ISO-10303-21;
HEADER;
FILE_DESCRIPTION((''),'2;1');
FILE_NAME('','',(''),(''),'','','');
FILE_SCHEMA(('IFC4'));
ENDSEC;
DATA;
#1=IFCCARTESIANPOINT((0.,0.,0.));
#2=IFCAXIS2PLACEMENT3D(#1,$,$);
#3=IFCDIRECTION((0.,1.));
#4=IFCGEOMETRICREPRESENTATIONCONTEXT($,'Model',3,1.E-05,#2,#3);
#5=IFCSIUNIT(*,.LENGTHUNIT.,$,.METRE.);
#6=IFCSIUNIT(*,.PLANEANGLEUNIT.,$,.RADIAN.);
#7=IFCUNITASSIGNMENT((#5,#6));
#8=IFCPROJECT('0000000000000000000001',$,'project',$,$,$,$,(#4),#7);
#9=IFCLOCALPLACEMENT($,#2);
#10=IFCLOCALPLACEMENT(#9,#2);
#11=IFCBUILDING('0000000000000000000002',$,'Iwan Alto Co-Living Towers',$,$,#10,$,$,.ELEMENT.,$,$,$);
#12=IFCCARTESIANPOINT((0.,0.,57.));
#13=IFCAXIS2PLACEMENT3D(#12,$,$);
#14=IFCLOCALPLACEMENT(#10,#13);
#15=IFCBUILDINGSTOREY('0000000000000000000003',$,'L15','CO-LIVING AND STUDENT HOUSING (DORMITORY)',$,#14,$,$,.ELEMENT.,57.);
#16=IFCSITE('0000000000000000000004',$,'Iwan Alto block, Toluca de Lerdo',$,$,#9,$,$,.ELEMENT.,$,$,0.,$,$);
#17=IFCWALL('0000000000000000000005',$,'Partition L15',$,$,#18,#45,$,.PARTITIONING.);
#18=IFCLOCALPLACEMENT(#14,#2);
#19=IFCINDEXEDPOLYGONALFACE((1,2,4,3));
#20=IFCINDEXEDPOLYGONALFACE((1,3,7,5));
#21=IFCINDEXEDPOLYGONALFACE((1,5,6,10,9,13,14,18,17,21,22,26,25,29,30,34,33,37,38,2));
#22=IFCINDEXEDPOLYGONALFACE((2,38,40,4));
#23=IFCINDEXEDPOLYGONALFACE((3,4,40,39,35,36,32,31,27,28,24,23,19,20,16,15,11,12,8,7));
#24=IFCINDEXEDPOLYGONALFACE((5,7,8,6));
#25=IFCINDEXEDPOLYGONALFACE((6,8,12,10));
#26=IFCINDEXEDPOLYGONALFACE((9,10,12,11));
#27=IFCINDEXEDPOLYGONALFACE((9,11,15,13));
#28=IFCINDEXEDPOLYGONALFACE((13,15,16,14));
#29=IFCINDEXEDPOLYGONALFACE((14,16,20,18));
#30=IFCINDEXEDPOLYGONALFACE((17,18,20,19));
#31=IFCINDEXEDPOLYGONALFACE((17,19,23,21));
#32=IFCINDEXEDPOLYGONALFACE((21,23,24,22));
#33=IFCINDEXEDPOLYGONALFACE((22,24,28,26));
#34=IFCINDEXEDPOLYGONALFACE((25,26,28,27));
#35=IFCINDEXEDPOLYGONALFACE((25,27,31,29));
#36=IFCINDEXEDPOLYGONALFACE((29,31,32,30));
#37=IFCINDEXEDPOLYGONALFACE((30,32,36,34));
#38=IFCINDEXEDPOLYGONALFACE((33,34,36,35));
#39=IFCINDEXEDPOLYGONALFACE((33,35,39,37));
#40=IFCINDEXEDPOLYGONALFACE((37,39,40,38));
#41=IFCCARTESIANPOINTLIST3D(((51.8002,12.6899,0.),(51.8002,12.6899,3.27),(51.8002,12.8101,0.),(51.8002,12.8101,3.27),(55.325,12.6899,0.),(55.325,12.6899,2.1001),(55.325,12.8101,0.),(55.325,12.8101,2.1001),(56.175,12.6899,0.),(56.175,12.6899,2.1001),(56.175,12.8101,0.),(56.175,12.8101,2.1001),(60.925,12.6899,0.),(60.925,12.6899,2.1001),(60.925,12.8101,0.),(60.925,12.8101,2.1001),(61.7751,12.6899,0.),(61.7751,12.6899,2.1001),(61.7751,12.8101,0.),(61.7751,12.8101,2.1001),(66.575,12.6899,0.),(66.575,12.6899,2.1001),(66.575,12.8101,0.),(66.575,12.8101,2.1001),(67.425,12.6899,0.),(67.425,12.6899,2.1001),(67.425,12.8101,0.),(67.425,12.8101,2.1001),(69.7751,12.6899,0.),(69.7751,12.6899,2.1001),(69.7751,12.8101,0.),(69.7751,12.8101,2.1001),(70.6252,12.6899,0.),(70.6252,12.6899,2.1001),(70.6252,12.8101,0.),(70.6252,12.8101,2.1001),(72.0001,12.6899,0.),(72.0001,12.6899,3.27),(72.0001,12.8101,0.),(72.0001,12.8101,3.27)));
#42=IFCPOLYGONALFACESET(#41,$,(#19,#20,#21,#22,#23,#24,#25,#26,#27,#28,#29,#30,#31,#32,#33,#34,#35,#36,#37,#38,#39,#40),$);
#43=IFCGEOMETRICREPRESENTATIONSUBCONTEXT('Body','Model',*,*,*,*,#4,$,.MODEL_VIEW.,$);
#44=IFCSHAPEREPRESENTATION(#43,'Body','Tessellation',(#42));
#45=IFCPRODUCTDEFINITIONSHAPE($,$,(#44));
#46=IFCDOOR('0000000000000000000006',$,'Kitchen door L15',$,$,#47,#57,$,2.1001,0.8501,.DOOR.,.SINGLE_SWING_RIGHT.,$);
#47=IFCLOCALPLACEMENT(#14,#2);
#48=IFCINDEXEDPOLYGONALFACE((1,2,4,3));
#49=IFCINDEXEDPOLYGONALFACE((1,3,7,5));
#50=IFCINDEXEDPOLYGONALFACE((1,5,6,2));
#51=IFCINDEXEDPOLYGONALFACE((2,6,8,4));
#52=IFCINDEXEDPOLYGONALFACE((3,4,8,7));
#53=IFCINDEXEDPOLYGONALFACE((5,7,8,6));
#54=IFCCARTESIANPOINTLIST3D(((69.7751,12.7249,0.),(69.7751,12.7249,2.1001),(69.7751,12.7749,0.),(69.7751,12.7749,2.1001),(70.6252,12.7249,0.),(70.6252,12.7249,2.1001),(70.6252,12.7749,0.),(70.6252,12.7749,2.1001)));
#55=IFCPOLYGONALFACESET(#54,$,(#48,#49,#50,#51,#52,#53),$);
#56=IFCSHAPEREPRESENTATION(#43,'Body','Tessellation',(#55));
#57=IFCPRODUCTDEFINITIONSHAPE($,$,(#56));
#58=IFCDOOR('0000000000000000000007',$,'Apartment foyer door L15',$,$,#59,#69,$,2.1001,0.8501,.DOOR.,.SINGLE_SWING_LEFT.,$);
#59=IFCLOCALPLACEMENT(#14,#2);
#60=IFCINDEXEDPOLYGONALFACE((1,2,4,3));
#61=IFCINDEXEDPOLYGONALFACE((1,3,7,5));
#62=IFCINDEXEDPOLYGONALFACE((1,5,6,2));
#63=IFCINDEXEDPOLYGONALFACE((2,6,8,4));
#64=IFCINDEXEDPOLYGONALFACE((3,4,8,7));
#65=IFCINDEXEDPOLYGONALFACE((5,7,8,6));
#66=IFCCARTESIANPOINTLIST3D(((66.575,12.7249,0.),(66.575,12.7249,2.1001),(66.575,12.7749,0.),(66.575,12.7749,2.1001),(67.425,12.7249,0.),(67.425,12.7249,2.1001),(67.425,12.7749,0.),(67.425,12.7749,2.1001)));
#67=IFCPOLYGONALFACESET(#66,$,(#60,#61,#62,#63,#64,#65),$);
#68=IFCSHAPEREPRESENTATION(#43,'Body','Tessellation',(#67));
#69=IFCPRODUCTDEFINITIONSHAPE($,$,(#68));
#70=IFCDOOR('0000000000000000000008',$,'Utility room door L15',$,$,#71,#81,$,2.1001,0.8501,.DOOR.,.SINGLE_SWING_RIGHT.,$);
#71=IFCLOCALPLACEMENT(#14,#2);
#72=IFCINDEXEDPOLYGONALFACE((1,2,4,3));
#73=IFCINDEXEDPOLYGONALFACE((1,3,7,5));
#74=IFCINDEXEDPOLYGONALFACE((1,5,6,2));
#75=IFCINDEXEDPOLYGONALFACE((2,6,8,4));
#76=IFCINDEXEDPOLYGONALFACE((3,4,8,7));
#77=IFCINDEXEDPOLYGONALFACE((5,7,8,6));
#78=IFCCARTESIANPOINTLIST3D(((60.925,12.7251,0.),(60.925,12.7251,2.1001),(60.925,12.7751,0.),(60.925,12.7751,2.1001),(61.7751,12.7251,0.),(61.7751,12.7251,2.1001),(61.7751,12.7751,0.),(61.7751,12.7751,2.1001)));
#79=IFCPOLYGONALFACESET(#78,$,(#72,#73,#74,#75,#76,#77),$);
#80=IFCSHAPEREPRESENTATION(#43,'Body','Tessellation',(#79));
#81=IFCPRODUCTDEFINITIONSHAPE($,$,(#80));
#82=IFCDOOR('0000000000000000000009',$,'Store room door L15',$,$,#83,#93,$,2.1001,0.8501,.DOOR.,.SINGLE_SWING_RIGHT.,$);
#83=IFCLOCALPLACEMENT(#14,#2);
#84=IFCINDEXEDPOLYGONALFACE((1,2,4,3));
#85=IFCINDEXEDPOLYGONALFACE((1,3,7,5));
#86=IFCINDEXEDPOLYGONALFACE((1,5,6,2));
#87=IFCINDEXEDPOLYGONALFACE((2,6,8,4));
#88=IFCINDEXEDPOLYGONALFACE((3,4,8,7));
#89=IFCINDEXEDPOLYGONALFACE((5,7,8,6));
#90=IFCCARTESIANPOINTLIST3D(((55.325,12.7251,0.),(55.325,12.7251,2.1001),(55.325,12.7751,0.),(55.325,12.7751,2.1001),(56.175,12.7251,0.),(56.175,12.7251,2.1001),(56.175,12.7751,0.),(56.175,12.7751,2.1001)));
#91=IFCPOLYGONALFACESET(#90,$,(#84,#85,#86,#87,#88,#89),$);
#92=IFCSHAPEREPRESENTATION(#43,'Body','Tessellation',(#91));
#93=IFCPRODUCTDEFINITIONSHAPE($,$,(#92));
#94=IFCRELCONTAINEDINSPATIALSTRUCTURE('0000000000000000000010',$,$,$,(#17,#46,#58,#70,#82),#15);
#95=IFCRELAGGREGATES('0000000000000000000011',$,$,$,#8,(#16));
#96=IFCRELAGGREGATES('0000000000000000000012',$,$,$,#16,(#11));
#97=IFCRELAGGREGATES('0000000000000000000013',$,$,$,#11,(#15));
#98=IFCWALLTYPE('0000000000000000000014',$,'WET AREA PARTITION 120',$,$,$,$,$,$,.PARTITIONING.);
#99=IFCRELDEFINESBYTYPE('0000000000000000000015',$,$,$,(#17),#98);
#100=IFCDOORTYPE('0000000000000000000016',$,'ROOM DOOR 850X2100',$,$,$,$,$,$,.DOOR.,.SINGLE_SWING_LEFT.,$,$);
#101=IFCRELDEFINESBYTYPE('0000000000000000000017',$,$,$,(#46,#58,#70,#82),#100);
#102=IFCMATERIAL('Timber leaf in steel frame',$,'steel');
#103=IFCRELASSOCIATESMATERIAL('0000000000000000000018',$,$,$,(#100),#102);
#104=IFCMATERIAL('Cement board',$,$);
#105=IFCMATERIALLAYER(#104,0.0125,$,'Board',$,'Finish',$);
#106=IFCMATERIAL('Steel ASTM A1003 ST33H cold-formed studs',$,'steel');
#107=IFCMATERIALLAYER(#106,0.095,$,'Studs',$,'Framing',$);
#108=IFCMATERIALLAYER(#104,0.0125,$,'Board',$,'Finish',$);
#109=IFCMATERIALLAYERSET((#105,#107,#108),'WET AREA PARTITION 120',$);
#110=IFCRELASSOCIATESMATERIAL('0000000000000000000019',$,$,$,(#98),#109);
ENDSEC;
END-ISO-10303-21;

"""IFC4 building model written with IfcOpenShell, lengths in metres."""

from ifc_helpers import new_model, si_unit, direction, frame, frame_2d, origin, place, context, subcontext, project, spatial, rectangle, extrude, material, layer, layer_set, type_object, element, fill, save


model = new_model("IFC4")

# Units and contexts
model_context = context("Model", 3, precision=1e-05, world=origin(), true_north=direction((0.0, 1.0)))
body_context = subcontext(model_context, "Body", "Model", "MODEL_VIEW")
ifc_project = project(units=[si_unit("LENGTHUNIT", "METRE"), si_unit("PLANEANGLEUNIT", "RADIAN")], contexts=[model_context])

# Site, building, storey
site_placement = place(None, origin())
site = spatial("IfcSite", under=ifc_project, at=site_placement, Name="Iwan Alto block, Toluca de Lerdo", CompositionType="ELEMENT", RefElevation=0.0)
building_placement = place(site_placement, origin())
building = spatial("IfcBuilding", under=site, at=building_placement, Name="Iwan Alto Co-Living Towers", CompositionType="ELEMENT")
storey_placement = place(building_placement, frame((0.0, 0.0, 57.0)))
storey = spatial("IfcBuildingStorey", under=building, at=storey_placement, Name="L15", Description="CO-LIVING AND STUDENT HOUSING (DORMITORY)", CompositionType="ELEMENT", Elevation=57.0)

# Shared definitions
ifc_material_1 = material(Name="Steel ASTM A1003 ST33H cold-formed studs", Category="steel")

# Shared definitions
ifc_material_2 = material(Name="Timber leaf in steel frame", Category="steel")
door_type_1 = type_object("IfcDoorType", Name="ROOM DOOR 850X2100", OperationType="SINGLE_SWING_LEFT", PredefinedType="DOOR", material=ifc_material_2)

# Wall, openings, doors
ifc_material_3 = material(Name="Cement board")
ifc_layer_1 = layer(ifc_material_3, 0.0125, Name="Board", Category="Finish")
ifc_layer_2 = layer(ifc_material_1, 0.095, Name="Studs", Category="Framing")
ifc_layer_3 = layer(ifc_material_3, 0.0125, Name="Board", Category="Finish")
ifc_layer_set_1 = layer_set([ifc_layer_1, ifc_layer_2, ifc_layer_3], Name="WET AREA PARTITION 120")
wall_type_1 = type_object("IfcWallType", Name="WET AREA PARTITION 120", PredefinedType="PARTITIONING", material=ifc_layer_set_1)
wall_1_placement = place(storey_placement, frame((51.8, 12.75, 0.0), z_axis=(0.0, 0.0, 1.0), x_axis=(1.0, 0.0, 0.0)))
wall_1 = element("IfcWall", 1, at=wall_1_placement, inside=storey, type_object=wall_type_1, Name="Partition L15", PredefinedType="PARTITIONING", context=body_context, shape_type="SweptSolid", body=[
    extrude(rectangle(XDim=20.2, YDim=0.1201, at=frame_2d((10.1001, 0.0))), origin(), (0.0, 0.0, 1.0), 3.27),
])
opening_1_placement = place(wall_1_placement, frame((17.9751, 0.0, 0.0)))
opening_1 = element("IfcOpeningElement", 2, at=opening_1_placement, cuts=wall_1, PredefinedType="OPENING", context=body_context, shape_type="SweptSolid", body=[
    extrude(rectangle(XDim=0.8501, YDim=2.1001, at=frame_2d((0.425, 1.05))), frame((0.0, 0.0701, 0.0), z_axis=(0.0, -1.0, 0.0), x_axis=(1.0, 0.0, 0.0)), (0.0, 0.0, 1.0), 0.1401),
])
opening_2_placement = place(wall_1_placement, frame((14.7749, 0.0, 0.0)))
opening_2 = element("IfcOpeningElement", 3, at=opening_2_placement, cuts=wall_1, PredefinedType="OPENING", context=body_context, shape_type="SweptSolid", body=[
    extrude(rectangle(XDim=0.8501, YDim=2.1001, at=frame_2d((0.425, 1.05))), frame((0.0, 0.0701, 0.0), z_axis=(0.0, -1.0, 0.0), x_axis=(1.0, 0.0, 0.0)), (0.0, 0.0, 1.0), 0.1401),
])
opening_3_placement = place(wall_1_placement, frame((9.125, 0.0, 0.0)))
opening_3 = element("IfcOpeningElement", 4, at=opening_3_placement, cuts=wall_1, PredefinedType="OPENING", context=body_context, shape_type="SweptSolid", body=[
    extrude(rectangle(XDim=0.8501, YDim=2.1001, at=frame_2d((0.425, 1.05))), frame((0.0, 0.0701, 0.0), z_axis=(0.0, -1.0, 0.0), x_axis=(1.0, 0.0, 0.0)), (0.0, 0.0, 1.0), 0.1401),
])
opening_4_placement = place(wall_1_placement, frame((3.5249, 0.0, 0.0)))
opening_4 = element("IfcOpeningElement", 5, at=opening_4_placement, cuts=wall_1, PredefinedType="OPENING", context=body_context, shape_type="SweptSolid", body=[
    extrude(rectangle(XDim=0.8501, YDim=2.1001, at=frame_2d((0.425, 1.05))), frame((0.0, 0.0701, 0.0), z_axis=(0.0, -1.0, 0.0), x_axis=(1.0, 0.0, 0.0)), (0.0, 0.0, 1.0), 0.1401),
])
door_1_placement = place(opening_1_placement, origin())
door_1 = element("IfcDoor", 6, at=door_1_placement, inside=storey, type_object=door_type_1, Name="Kitchen door L15", OperationType="SINGLE_SWING_RIGHT", OverallHeight=2.1001, OverallWidth=0.8501, PredefinedType="DOOR", context=body_context, shape_type="SweptSolid", body=[
    extrude(rectangle(XDim=0.8501, YDim=2.1001, at=frame_2d((0.425, 1.05))), frame((0.0, 0.0249, 0.0), z_axis=(0.0, -1.0, 0.0), x_axis=(1.0, 0.0, 0.0)), (0.0, 0.0, 1.0), 0.05),
])
fill(opening_1, door_1)
door_2_placement = place(opening_2_placement, origin())
door_2 = element("IfcDoor", 7, at=door_2_placement, inside=storey, type_object=door_type_1, Name="Apartment foyer door L15", OperationType="SINGLE_SWING_LEFT", OverallHeight=2.1001, OverallWidth=0.8501, PredefinedType="DOOR", context=body_context, shape_type="SweptSolid", body=[
    extrude(rectangle(XDim=0.8501, YDim=2.1001, at=frame_2d((0.425, 1.05))), frame((0.0, 0.0249, 0.0), z_axis=(0.0, -1.0, 0.0), x_axis=(1.0, 0.0, 0.0)), (0.0, 0.0, 1.0), 0.05),
])
fill(opening_2, door_2)
door_3_placement = place(opening_3_placement, frame((0.8501, 0.0, 0.0), z_axis=(0.0, 0.0, 1.0), x_axis=(-1.0, 0.0, 0.0)))
door_3 = element("IfcDoor", 8, at=door_3_placement, inside=storey, type_object=door_type_1, Name="Utility room door L15", OperationType="SINGLE_SWING_RIGHT", OverallHeight=2.1001, OverallWidth=0.8501, PredefinedType="DOOR", context=body_context, shape_type="SweptSolid", body=[
    extrude(rectangle(XDim=0.8501, YDim=2.1001, at=frame_2d((0.425, 1.05))), frame((0.0, 0.0249, 0.0), z_axis=(0.0, -1.0, 0.0), x_axis=(1.0, 0.0, 0.0)), (0.0, 0.0, 1.0), 0.05),
])
fill(opening_3, door_3)
door_4_placement = place(opening_4_placement, frame((0.8501, 0.0, 0.0), z_axis=(0.0, 0.0, 1.0), x_axis=(-1.0, 0.0, 0.0)))
door_4 = element("IfcDoor", 9, at=door_4_placement, inside=storey, type_object=door_type_1, Name="Store room door L15", OperationType="SINGLE_SWING_RIGHT", OverallHeight=2.1001, OverallWidth=0.8501, PredefinedType="DOOR", context=body_context, shape_type="SweptSolid", body=[
    extrude(rectangle(XDim=0.8501, YDim=2.1001, at=frame_2d((0.425, 1.05))), frame((0.0, 0.0249, 0.0), z_axis=(0.0, -1.0, 0.0), x_axis=(1.0, 0.0, 0.0)), (0.0, 0.0, 1.0), 0.05),
])
fill(opening_4, door_4)

save(model, "model.ifc")
